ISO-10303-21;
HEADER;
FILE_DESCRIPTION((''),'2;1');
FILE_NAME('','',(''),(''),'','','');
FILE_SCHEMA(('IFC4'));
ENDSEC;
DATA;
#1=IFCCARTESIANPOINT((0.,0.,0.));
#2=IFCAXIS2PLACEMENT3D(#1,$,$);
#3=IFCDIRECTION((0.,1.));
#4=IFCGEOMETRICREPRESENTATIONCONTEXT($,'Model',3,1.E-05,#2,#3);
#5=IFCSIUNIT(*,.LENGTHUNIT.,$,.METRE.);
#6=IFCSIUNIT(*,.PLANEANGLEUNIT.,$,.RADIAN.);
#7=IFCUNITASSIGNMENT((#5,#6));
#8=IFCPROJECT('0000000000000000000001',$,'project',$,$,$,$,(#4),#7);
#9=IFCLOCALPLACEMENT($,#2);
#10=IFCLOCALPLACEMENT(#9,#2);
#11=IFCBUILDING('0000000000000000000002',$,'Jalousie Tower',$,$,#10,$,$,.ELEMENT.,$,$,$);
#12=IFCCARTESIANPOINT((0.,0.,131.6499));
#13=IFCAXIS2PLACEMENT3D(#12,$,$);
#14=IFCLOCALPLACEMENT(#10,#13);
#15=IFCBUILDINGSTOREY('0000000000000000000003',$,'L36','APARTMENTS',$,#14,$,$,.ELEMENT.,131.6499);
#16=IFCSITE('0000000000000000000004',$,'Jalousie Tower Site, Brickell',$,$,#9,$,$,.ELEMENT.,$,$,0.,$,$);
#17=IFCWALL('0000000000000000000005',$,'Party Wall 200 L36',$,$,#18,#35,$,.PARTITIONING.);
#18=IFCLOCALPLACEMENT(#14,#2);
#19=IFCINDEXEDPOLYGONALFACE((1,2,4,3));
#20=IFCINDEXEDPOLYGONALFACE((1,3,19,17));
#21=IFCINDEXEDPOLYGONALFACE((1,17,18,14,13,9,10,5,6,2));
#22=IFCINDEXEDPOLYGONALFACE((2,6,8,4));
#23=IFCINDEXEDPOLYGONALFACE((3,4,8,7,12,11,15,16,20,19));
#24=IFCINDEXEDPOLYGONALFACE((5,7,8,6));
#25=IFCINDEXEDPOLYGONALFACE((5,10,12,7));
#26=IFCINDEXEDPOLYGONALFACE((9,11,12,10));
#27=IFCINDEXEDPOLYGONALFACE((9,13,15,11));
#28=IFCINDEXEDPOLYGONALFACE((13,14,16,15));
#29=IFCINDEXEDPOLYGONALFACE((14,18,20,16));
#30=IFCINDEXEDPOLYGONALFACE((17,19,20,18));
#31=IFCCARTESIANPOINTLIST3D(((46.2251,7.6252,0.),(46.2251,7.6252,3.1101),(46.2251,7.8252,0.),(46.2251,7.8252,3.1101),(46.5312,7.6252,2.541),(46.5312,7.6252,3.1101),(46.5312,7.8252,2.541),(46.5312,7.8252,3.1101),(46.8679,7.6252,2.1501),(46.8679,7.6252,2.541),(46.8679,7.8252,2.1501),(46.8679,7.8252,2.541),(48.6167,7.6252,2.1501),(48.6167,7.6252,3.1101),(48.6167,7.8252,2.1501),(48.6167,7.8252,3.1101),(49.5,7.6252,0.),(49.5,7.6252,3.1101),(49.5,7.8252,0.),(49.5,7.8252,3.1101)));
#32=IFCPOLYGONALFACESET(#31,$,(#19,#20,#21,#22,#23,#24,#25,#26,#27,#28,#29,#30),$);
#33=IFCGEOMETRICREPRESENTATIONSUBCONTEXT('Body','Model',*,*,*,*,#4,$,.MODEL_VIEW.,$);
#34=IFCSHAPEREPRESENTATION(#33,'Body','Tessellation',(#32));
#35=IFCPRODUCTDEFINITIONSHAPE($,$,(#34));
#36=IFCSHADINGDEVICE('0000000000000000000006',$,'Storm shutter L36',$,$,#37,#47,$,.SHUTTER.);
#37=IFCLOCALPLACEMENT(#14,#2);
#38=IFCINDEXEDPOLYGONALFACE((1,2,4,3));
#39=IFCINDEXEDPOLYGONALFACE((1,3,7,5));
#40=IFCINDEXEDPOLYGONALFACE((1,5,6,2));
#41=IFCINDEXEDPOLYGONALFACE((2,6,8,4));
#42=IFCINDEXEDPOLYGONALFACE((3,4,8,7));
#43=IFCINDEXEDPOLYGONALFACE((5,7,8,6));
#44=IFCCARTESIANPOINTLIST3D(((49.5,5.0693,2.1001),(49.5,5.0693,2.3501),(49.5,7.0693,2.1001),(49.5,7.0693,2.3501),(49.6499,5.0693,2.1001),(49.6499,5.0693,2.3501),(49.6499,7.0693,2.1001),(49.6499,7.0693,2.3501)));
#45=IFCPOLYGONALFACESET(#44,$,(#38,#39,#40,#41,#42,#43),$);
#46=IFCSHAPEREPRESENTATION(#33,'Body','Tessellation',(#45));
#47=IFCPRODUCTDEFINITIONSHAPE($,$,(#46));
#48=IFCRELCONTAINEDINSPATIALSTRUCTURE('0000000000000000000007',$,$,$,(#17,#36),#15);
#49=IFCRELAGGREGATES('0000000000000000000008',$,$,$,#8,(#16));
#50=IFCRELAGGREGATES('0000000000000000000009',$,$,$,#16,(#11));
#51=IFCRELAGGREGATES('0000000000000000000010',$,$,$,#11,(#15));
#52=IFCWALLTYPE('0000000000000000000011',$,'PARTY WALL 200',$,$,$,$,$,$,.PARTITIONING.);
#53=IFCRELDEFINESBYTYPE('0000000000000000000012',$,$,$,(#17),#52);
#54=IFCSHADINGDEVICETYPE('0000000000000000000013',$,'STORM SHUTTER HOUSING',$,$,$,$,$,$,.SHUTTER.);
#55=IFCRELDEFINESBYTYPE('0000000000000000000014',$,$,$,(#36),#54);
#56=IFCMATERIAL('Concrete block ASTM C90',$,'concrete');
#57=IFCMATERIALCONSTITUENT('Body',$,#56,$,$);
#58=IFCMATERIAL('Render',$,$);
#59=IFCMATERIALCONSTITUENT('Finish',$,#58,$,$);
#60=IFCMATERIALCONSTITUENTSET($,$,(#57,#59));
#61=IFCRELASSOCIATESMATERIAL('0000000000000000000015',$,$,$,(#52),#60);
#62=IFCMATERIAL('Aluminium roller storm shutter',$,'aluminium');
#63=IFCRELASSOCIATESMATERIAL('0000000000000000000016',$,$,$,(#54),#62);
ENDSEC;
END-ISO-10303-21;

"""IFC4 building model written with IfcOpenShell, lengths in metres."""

from ifc_helpers import new_model, si_unit, direction, frame, origin, origin_2d, place, context, subcontext, project, spatial, polyline, rectangle, outline, extrude, material, constituent, constituent_set, type_object, element, save


model = new_model("IFC4")

# Units and contexts
model_context = context("Model", 3, precision=1e-05, world=origin(), true_north=direction((0.0, 1.0)))
body_context = subcontext(model_context, "Body", "Model", "MODEL_VIEW")
ifc_project = project(units=[si_unit("LENGTHUNIT", "METRE"), si_unit("PLANEANGLEUNIT", "RADIAN")], contexts=[model_context])

# Site, building, storey
site_placement = place(None, origin())
site = spatial("IfcSite", under=ifc_project, at=site_placement, Name="Jalousie Tower Site, Brickell", CompositionType="ELEMENT", RefElevation=0.0)
building_placement = place(site_placement, origin())
building = spatial("IfcBuilding", under=site, at=building_placement, Name="Jalousie Tower", CompositionType="ELEMENT")
storey_placement = place(building_placement, frame((0.0, 0.0, 131.6499)))
storey = spatial("IfcBuildingStorey", under=building, at=storey_placement, Name="L36", Description="APARTMENTS", CompositionType="ELEMENT", Elevation=131.6499)

# Wall
ifc_material_1 = material(Name="Concrete block ASTM C90", Category="concrete")
ifc_constituent_1 = constituent(ifc_material_1, Name="Body")
ifc_material_2 = material(Name="Render")
ifc_constituent_2 = constituent(ifc_material_2, Name="Finish")
ifc_constituent_set_1 = constituent_set(constituents=[ifc_constituent_1, ifc_constituent_2])
wall_type_1 = type_object("IfcWallType", Name="PARTY WALL 200", PredefinedType="PARTITIONING", material=ifc_constituent_set_1)
wall_1_placement = place(storey_placement, frame((46.2251, 7.7251, 0.0), z_axis=(0.0, 0.0, 1.0), x_axis=(1.0, 0.0, 0.0)))
element("IfcWall", 1, at=wall_1_placement, inside=storey, type_object=wall_type_1, Name="Party Wall 200 L36", PredefinedType="PARTITIONING", context=body_context, shape_type="SweptSolid", body=[
    extrude(outline(polyline([(0.0, 0.0), (3.2749, 0.0), (3.2749, 3.1101), (2.3916, 3.1101), (2.3916, 2.1501), (0.6428, 2.1501), (0.6428, 2.541), (0.3062, 2.541), (0.3062, 3.1101), (0.0, 3.1101), (0.0, 0.0)])), frame((0.0, 0.1001, 0.0), z_axis=(0.0, -1.0, 0.0), x_axis=(1.0, 0.0, 0.0)), (0.0, 0.0, 1.0), 0.2),
])

# Shading device
ifc_material_3 = material(Name="Aluminium roller storm shutter", Category="aluminium")
shading_device_type = type_object("IfcShadingDeviceType", Name="STORM SHUTTER HOUSING", PredefinedType="SHUTTER", material=ifc_material_3)
shading_device_placement = place(storey_placement, frame((49.575, 6.0693, 2.1001), z_axis=(0.0, 0.0, 1.0), x_axis=(0.0, 1.0, 0.0)))
element("IfcShadingDevice", 2, at=shading_device_placement, inside=storey, type_object=shading_device_type, Name="Storm shutter L36", PredefinedType="SHUTTER", context=body_context, shape_type="SweptSolid", body=[
    extrude(rectangle(XDim=2.0, YDim=0.1499, at=origin_2d()), origin(), (0.0, 0.0, 1.0), 0.25),
])

save(model, "model.ifc")
